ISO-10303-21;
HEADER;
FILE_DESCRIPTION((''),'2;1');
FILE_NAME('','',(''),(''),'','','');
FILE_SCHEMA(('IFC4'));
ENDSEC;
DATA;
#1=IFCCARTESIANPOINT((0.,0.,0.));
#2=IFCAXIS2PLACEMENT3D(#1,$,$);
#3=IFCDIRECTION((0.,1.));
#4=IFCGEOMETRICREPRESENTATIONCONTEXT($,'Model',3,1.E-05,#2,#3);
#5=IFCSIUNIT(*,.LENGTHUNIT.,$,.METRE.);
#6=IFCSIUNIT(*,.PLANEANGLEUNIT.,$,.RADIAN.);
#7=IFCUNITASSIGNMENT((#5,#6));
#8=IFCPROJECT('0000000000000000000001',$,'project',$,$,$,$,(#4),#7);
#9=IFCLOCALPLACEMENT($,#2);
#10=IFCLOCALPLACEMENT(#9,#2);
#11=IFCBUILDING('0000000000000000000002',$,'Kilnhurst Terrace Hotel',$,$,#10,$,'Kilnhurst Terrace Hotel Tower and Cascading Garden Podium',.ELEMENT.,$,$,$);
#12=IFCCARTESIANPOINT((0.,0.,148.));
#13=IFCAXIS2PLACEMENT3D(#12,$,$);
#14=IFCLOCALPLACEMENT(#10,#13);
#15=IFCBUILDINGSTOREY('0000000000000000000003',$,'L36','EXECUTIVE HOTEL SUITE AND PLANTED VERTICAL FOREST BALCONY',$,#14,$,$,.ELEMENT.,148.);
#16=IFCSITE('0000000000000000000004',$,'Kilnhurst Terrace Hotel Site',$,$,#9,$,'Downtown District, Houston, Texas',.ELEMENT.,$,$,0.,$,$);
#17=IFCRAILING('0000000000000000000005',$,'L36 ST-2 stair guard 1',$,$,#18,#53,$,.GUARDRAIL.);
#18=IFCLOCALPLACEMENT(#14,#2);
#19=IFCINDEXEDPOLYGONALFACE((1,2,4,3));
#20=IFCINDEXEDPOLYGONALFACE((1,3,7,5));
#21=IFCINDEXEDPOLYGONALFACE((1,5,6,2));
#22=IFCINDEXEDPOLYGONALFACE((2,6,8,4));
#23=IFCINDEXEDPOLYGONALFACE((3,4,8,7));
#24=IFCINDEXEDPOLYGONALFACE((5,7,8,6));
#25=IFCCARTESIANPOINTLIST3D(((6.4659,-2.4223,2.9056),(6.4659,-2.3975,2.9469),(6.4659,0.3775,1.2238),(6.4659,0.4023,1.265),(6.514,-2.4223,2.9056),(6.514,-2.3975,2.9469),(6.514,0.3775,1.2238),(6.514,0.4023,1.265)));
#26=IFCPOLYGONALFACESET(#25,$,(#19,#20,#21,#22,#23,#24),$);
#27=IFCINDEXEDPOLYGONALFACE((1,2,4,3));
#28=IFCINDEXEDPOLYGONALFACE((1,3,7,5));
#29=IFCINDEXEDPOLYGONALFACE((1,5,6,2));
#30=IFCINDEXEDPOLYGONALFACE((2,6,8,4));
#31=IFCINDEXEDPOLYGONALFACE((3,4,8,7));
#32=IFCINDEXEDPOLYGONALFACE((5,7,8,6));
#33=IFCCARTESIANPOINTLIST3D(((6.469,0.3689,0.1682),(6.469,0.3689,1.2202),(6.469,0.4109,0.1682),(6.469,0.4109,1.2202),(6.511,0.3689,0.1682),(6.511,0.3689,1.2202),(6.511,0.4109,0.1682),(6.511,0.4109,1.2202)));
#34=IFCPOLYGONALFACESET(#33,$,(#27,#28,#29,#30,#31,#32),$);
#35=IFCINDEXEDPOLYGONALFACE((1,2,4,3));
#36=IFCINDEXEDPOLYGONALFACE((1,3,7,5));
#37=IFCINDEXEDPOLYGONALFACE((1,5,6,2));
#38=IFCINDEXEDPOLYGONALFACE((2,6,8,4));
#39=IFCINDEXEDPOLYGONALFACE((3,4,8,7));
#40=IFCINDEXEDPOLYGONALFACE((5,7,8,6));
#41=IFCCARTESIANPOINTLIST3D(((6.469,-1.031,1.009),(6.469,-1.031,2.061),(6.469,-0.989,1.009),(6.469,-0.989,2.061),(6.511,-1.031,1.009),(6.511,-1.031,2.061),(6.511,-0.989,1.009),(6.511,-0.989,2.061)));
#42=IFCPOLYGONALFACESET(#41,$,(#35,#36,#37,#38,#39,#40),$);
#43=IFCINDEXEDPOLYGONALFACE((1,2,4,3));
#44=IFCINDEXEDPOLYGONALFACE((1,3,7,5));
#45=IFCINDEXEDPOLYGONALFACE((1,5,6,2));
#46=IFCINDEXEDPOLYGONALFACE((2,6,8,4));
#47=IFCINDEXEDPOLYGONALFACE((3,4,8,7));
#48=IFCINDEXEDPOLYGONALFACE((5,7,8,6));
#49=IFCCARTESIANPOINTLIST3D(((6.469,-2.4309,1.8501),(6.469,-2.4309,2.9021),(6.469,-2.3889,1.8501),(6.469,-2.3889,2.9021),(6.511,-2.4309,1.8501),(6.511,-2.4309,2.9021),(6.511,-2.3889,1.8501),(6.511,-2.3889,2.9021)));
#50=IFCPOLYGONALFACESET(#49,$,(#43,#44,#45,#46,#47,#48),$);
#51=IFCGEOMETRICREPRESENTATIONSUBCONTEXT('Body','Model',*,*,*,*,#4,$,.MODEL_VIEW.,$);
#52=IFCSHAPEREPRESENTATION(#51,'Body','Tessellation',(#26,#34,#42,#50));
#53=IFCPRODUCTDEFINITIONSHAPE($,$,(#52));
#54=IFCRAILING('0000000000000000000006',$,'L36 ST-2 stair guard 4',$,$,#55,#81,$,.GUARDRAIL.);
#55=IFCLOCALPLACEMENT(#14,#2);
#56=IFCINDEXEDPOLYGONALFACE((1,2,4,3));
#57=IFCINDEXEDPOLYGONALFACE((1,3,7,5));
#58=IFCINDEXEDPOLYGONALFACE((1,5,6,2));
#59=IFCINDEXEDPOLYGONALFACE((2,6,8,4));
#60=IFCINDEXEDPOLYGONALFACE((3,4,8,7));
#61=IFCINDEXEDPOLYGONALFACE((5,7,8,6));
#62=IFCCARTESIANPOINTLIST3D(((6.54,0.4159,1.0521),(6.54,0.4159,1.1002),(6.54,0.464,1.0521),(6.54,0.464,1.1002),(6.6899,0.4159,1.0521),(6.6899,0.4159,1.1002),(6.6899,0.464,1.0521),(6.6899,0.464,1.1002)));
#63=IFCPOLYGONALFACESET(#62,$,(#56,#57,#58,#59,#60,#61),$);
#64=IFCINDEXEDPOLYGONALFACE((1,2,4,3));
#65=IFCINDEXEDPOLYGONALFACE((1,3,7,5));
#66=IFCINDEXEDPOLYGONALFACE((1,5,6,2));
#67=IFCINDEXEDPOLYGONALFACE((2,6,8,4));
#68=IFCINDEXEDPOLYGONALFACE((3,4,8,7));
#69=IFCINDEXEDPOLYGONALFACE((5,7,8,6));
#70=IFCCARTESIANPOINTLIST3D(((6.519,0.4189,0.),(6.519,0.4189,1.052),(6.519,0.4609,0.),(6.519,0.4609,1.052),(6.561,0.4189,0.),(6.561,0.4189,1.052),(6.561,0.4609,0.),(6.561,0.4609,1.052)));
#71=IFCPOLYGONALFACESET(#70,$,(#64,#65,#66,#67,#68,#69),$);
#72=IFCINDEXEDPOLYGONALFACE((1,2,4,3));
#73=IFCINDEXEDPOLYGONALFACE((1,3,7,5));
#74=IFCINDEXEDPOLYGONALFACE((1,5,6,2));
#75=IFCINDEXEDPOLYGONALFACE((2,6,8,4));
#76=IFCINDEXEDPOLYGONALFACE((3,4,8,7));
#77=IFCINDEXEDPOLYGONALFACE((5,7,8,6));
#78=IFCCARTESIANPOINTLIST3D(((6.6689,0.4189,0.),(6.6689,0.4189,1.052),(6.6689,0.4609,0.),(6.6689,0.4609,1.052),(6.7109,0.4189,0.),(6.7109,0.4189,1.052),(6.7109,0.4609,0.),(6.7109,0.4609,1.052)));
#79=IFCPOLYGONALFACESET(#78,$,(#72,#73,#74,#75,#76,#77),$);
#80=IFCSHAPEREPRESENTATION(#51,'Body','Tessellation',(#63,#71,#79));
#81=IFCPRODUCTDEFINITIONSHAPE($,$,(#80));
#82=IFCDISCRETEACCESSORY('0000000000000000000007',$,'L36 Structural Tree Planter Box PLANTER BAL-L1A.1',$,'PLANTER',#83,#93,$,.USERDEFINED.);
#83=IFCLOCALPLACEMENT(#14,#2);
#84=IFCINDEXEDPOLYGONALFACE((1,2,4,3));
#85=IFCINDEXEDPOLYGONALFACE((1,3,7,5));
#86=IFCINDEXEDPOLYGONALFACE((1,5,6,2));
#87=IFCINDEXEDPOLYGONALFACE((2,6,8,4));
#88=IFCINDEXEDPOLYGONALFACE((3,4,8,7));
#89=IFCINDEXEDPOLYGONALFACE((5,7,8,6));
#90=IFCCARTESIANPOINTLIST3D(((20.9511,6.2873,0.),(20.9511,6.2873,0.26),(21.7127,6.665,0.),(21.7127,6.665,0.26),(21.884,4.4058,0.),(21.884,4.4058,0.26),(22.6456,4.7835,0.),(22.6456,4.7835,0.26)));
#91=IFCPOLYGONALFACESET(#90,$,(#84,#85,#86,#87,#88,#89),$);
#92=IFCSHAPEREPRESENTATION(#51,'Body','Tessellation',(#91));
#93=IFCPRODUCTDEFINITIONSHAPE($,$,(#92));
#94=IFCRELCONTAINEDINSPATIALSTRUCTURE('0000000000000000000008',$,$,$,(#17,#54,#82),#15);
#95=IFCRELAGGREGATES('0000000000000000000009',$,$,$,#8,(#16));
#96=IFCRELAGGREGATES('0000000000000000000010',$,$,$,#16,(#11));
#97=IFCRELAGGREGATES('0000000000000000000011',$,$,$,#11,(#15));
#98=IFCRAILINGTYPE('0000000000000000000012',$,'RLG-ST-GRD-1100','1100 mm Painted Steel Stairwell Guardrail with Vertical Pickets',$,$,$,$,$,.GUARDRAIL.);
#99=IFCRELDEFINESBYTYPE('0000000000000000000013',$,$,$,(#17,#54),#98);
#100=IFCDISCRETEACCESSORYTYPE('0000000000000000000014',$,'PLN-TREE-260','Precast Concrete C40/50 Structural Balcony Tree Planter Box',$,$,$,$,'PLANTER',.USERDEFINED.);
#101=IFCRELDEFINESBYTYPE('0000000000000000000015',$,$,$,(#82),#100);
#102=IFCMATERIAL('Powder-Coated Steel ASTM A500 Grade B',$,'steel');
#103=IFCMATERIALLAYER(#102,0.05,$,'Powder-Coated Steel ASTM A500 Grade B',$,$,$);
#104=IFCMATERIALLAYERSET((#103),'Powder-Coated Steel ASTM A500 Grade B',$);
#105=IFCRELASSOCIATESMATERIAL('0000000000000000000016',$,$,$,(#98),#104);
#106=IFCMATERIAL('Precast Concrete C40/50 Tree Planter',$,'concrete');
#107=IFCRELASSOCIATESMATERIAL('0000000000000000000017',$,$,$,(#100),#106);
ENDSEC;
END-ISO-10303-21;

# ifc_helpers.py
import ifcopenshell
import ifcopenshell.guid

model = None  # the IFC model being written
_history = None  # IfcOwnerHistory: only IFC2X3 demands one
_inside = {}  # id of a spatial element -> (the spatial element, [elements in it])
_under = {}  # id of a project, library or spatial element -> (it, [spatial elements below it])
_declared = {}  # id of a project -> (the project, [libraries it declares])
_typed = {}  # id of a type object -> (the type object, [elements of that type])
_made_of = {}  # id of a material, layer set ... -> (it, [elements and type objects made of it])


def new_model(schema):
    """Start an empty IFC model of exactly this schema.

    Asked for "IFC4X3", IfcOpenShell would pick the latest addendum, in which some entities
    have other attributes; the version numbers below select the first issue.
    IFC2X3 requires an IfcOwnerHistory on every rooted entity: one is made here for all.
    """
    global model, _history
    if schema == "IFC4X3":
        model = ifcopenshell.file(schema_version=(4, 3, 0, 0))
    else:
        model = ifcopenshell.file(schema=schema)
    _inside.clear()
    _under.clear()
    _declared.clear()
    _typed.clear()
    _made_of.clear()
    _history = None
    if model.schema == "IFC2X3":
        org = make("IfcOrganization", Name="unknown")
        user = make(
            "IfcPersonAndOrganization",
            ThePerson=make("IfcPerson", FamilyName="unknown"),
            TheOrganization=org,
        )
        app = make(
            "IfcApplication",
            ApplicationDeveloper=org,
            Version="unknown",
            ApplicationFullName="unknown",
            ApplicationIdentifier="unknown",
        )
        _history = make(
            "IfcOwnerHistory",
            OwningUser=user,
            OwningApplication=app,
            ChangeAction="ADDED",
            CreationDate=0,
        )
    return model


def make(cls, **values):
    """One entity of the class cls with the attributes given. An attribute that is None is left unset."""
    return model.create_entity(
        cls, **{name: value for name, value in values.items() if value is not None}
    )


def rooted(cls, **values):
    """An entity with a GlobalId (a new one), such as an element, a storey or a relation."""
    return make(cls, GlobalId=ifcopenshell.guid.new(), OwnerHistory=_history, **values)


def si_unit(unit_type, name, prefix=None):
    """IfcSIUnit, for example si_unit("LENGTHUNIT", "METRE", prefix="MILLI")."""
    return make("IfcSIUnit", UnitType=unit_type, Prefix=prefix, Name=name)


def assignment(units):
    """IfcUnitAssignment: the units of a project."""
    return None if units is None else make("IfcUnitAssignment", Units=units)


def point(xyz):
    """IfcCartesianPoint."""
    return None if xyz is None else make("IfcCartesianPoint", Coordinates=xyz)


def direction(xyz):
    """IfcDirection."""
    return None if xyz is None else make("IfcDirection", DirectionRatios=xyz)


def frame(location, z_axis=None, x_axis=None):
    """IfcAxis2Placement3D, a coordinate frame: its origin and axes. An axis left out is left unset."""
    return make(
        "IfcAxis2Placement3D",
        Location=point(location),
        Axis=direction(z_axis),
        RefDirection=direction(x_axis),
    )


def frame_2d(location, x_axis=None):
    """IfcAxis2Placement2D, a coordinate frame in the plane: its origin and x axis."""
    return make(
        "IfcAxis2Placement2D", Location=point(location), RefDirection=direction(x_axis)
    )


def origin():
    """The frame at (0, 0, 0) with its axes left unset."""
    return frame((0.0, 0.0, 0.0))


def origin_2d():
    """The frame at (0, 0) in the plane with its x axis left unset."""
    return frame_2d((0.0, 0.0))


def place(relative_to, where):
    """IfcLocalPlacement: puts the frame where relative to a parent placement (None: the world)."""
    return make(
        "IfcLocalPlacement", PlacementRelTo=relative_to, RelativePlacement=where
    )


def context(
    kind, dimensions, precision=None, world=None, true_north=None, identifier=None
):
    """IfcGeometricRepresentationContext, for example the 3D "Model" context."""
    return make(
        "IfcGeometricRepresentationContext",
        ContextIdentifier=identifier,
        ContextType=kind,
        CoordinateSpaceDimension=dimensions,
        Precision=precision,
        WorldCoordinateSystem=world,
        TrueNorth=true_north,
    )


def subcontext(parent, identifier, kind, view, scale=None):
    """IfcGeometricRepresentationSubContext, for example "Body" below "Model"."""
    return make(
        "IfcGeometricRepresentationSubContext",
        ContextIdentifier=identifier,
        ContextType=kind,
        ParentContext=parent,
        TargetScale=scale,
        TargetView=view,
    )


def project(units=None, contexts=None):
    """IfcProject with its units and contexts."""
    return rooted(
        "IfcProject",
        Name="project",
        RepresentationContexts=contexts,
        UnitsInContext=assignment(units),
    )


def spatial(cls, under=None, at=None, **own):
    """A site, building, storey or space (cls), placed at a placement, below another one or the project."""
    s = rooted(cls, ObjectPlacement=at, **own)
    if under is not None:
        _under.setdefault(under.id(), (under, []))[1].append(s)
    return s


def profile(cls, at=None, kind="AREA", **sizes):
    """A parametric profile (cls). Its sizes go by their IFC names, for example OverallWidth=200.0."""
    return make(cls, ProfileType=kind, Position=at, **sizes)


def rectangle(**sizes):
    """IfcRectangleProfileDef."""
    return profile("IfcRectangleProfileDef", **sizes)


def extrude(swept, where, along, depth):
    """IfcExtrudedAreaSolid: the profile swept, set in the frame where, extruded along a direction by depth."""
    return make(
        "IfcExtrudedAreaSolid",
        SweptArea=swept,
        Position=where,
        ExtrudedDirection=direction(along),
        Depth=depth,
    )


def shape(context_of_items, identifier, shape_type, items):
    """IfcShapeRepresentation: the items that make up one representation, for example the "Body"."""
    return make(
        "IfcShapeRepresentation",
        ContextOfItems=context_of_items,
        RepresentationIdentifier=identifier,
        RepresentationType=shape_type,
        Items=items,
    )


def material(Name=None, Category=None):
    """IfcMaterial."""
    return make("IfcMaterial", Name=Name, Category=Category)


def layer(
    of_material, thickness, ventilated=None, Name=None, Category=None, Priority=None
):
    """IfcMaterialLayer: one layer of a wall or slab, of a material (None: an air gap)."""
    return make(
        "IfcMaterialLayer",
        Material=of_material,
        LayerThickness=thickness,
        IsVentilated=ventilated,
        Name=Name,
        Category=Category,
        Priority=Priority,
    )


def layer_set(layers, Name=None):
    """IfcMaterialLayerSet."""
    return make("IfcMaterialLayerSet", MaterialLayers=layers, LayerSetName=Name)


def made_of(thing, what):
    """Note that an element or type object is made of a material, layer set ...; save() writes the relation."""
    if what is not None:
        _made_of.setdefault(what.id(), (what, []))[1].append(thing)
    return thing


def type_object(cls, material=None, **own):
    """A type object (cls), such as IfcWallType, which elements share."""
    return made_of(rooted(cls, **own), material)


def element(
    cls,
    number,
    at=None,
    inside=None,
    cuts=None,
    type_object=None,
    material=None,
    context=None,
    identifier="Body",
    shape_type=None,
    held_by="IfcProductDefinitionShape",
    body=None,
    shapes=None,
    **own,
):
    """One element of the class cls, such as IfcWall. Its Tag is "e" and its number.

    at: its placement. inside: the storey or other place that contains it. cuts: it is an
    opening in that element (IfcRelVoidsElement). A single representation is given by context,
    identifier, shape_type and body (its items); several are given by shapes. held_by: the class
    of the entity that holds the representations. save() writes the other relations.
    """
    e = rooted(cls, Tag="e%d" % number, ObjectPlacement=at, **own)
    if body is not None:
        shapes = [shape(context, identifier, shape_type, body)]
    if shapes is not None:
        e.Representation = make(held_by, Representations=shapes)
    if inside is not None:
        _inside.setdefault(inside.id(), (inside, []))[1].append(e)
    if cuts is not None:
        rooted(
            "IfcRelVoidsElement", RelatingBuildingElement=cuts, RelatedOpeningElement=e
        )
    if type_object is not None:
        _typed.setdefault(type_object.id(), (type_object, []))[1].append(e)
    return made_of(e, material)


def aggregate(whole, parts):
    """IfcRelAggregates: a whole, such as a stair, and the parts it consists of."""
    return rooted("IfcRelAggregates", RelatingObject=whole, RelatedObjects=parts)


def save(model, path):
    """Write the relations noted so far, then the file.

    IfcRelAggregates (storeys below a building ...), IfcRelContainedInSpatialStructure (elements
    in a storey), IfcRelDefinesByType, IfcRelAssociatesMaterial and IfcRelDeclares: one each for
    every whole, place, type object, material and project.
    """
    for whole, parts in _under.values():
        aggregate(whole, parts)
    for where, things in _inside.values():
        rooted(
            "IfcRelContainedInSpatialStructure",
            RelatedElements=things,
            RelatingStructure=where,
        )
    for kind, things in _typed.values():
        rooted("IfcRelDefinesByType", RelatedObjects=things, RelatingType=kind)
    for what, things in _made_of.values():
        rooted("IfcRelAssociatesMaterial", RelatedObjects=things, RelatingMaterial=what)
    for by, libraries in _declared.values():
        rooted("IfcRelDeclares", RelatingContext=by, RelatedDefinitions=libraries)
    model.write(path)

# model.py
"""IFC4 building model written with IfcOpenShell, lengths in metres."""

from ifc_helpers import new_model, si_unit, direction, frame, origin, origin_2d, place, context, subcontext, project, spatial, rectangle, extrude, material, layer, layer_set, type_object, element, save


model = new_model("IFC4")

# Units and contexts
model_context = context("Model", 3, precision=1e-05, world=origin(), true_north=direction((0.0, 1.0)))
body_context = subcontext(model_context, "Body", "Model", "MODEL_VIEW")
ifc_project = project(units=[si_unit("LENGTHUNIT", "METRE"), si_unit("PLANEANGLEUNIT", "RADIAN")], contexts=[model_context])

# Site, building, storey
site_placement = place(None, origin())
site = spatial("IfcSite", under=ifc_project, at=site_placement, Name="Kilnhurst Terrace Hotel Site", LongName="Downtown District, Houston, Texas", CompositionType="ELEMENT", RefElevation=0.0)
building_placement = place(site_placement, origin())
building = spatial("IfcBuilding", under=site, at=building_placement, Name="Kilnhurst Terrace Hotel", LongName="Kilnhurst Terrace Hotel Tower and Cascading Garden Podium", CompositionType="ELEMENT")
storey_placement = place(building_placement, frame((0.0, 0.0, 148.0)))
storey = spatial("IfcBuildingStorey", under=building, at=storey_placement, Name="L36", Description="EXECUTIVE HOTEL SUITE AND PLANTED VERTICAL FOREST BALCONY", CompositionType="ELEMENT", Elevation=148.0)

# Railings
ifc_material_1 = material(Name="Powder-Coated Steel ASTM A500 Grade B", Category="steel")
ifc_layer_1 = layer(ifc_material_1, 0.05, Name="Powder-Coated Steel ASTM A500 Grade B")
ifc_layer_set_1 = layer_set([ifc_layer_1], Name="Powder-Coated Steel ASTM A500 Grade B")
railing_type = type_object("IfcRailingType", Name="RLG-ST-GRD-1100", Description="1100 mm Painted Steel Stairwell Guardrail with Vertical Pickets", PredefinedType="GUARDRAIL", material=ifc_layer_set_1)
railing_1_placement = place(storey_placement, frame((6.49, 0.3899, 0.1682)))
element("IfcRailing", 1, at=railing_1_placement, inside=storey, type_object=railing_type, Name="L36 ST-2 stair guard 1", PredefinedType="GUARDRAIL", context=body_context, shape_type="SweptSolid", body=[
    extrude(rectangle(XDim=0.0481, YDim=0.0481, at=origin_2d()), frame((0.0, 0.0, 1.0762), z_axis=(0.0, -0.857222, 0.514946), x_axis=(1.0, 0.0, 0.0)), (0.0, 0.0, 1.0), 3.2661),
    extrude(rectangle(XDim=0.042, YDim=0.042, at=origin_2d()), origin(), (0.0, 0.0, 1.0), 1.052),
    extrude(rectangle(XDim=0.042, YDim=0.042, at=origin_2d()), frame((0.0, -1.3999, 0.8408)), (0.0, 0.0, 1.0), 1.052),
    extrude(rectangle(XDim=0.042, YDim=0.042, at=origin_2d()), frame((0.0, -2.7998, 1.6819)), (0.0, 0.0, 1.0), 1.052),
])
railing_2_placement = place(storey_placement, frame((6.54, 0.4399, 0.0)))
element("IfcRailing", 2, at=railing_2_placement, inside=storey, type_object=railing_type, Name="L36 ST-2 stair guard 4", PredefinedType="GUARDRAIL", context=body_context, shape_type="SweptSolid", body=[
    extrude(rectangle(XDim=0.0481, YDim=0.0481, at=origin_2d()), frame((0.0, 0.0, 1.0762), z_axis=(1.0, 0.0, 0.0), x_axis=(0.0, 1.0, 0.0)), (0.0, 0.0, 1.0), 0.1499),
    extrude(rectangle(XDim=0.042, YDim=0.042, at=origin_2d()), origin(), (0.0, 0.0, 1.0), 1.052),
    extrude(rectangle(XDim=0.042, YDim=0.042, at=origin_2d()), frame((0.1499, 0.0, 0.0)), (0.0, 0.0, 1.0), 1.052),
])

# Discrete accessory
ifc_material_2 = material(Name="Precast Concrete C40/50 Tree Planter", Category="concrete")
discrete_accessory_type = type_object("IfcDiscreteAccessoryType", Name="PLN-TREE-260", Description="Precast Concrete C40/50 Structural Balcony Tree Planter Box", ElementType="PLANTER", PredefinedType="USERDEFINED", material=ifc_material_2)
discrete_accessory_placement = place(storey_placement, frame((21.7983, 5.5354, 0.0), z_axis=(0.0, 0.0, 1.0), x_axis=(-0.444244, 0.895906, 0.0)))
element("IfcDiscreteAccessory", 3, at=discrete_accessory_placement, inside=storey, type_object=discrete_accessory_type, Name="L36 Structural Tree Planter Box PLANTER BAL-L1A.1", ObjectType="PLANTER", PredefinedType="USERDEFINED", context=body_context, shape_type="SweptSolid", body=[
    extrude(rectangle(XDim=2.1001, YDim=0.8501, at=origin_2d()), origin(), (0.0, 0.0, 1.0), 0.26),
])

save(model, "model.ifc")
